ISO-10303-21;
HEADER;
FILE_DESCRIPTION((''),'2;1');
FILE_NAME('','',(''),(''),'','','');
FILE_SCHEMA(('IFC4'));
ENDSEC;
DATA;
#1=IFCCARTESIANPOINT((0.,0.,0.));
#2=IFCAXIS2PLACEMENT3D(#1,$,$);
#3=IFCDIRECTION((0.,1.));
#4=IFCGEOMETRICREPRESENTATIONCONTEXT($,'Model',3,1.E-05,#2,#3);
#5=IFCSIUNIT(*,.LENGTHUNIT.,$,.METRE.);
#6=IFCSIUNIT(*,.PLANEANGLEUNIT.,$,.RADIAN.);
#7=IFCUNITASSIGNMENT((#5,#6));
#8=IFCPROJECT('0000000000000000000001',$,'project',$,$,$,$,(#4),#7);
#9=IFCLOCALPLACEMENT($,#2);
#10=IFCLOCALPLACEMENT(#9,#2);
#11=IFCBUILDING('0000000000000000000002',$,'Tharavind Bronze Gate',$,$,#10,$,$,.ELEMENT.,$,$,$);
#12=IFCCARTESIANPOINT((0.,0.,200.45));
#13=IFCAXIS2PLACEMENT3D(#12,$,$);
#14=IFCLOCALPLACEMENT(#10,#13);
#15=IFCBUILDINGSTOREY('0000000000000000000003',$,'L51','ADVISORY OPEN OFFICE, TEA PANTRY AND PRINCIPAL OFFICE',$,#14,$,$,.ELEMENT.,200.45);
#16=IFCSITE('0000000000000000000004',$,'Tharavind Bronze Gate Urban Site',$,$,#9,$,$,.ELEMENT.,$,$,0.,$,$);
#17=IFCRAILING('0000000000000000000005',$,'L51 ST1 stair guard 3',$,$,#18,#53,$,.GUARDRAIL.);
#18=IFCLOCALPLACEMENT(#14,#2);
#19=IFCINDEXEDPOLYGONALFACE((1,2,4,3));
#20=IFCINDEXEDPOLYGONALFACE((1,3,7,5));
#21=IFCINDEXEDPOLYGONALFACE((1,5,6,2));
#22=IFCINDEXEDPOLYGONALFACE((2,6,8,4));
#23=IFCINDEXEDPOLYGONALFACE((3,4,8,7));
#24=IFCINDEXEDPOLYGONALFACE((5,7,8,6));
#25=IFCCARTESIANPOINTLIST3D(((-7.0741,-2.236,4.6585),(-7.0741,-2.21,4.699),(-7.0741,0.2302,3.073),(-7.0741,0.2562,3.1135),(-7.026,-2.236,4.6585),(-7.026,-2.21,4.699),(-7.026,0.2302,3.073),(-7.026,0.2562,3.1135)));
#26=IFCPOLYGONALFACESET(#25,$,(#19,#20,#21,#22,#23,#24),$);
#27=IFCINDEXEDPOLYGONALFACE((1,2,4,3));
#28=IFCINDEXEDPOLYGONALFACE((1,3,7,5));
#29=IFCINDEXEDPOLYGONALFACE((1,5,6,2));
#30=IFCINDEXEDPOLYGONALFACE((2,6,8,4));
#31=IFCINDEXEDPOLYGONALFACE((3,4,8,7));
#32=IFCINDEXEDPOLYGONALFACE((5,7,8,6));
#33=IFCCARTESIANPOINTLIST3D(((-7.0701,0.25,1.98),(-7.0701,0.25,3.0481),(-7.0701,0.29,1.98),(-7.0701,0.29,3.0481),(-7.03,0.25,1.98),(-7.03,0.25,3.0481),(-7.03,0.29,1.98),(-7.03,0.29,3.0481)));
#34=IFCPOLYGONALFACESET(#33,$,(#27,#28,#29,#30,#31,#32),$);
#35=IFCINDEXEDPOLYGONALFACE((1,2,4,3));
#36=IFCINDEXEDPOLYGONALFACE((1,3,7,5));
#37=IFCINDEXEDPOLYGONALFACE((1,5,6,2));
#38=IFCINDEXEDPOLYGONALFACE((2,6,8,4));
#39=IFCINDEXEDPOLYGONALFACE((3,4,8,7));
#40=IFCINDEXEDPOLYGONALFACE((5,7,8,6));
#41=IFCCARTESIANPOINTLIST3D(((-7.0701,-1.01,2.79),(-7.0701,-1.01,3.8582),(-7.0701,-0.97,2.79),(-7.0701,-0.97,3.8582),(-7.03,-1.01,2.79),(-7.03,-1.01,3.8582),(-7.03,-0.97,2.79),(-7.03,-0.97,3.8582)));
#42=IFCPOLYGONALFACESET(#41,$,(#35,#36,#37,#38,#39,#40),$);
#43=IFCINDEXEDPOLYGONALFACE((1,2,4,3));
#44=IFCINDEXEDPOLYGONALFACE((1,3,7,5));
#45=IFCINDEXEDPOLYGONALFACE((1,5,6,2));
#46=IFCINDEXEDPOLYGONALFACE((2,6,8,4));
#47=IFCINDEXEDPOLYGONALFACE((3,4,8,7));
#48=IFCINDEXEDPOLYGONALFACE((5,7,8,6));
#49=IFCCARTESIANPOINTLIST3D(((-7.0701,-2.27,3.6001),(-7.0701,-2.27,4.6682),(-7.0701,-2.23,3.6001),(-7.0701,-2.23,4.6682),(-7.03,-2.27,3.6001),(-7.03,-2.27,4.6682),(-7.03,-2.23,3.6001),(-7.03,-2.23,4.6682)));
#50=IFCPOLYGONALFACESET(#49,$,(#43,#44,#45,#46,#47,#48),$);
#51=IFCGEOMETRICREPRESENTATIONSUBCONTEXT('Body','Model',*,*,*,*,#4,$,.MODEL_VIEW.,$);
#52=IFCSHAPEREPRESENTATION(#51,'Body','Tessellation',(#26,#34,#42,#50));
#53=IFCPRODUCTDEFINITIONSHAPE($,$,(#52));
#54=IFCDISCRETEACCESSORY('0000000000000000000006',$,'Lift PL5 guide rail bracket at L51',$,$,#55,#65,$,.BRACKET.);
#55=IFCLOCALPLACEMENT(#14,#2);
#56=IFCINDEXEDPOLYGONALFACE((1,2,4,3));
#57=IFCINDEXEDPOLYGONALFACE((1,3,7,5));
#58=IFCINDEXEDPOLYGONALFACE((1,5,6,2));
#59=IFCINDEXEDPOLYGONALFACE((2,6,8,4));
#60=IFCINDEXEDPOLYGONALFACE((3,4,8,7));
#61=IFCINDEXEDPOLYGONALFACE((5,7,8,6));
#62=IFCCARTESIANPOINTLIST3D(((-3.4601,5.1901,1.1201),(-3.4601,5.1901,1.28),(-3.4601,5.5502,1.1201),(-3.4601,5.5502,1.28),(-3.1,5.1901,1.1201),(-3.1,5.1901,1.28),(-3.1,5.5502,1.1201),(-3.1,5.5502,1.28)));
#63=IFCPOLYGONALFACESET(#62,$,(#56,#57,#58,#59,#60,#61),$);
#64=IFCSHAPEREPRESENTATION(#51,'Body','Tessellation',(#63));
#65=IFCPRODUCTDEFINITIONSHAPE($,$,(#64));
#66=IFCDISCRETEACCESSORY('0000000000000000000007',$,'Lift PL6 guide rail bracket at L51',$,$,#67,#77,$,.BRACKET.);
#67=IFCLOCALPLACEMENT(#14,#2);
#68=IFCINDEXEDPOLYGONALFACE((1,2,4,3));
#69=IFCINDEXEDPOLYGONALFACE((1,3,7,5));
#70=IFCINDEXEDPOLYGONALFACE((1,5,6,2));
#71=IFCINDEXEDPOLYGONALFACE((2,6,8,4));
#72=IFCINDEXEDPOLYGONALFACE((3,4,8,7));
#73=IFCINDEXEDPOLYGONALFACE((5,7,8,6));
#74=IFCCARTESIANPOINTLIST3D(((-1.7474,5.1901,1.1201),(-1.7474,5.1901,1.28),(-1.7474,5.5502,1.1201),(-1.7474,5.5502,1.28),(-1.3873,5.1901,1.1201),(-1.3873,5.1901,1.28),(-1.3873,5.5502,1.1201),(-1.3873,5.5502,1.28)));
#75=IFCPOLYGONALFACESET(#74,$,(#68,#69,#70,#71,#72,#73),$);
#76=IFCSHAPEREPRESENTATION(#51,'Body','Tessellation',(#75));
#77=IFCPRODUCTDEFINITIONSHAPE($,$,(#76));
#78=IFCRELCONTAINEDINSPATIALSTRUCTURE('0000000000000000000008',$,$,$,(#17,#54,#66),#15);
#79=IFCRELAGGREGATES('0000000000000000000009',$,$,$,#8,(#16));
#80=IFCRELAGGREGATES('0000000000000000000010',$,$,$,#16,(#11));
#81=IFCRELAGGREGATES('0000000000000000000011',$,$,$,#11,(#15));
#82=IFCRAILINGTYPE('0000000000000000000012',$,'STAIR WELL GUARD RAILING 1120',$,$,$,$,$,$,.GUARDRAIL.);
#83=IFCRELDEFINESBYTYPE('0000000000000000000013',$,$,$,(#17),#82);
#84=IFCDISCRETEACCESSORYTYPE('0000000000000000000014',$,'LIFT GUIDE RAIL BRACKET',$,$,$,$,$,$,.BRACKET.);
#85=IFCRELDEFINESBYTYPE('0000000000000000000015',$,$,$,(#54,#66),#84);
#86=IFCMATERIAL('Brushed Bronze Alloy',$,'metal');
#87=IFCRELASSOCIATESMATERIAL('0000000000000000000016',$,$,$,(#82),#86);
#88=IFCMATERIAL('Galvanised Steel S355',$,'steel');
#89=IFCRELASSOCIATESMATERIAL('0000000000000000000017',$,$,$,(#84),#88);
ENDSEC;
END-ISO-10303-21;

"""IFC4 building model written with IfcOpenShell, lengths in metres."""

from ifc_helpers import new_model, si_unit, direction, frame, origin, origin_2d, place, context, subcontext, project, spatial, rectangle, extrude, material, type_object, element, save


model = new_model("IFC4")

# Units and contexts
model_context = context("Model", 3, precision=1e-05, world=origin(), true_north=direction((0.0, 1.0)))
body_context = subcontext(model_context, "Body", "Model", "MODEL_VIEW")
ifc_project = project(units=[si_unit("LENGTHUNIT", "METRE"), si_unit("PLANEANGLEUNIT", "RADIAN")], contexts=[model_context])

# Site, building, storey
site_placement = place(None, origin())
site = spatial("IfcSite", under=ifc_project, at=site_placement, Name="Tharavind Bronze Gate Urban Site", CompositionType="ELEMENT", RefElevation=0.0)
building_placement = place(site_placement, origin())
building = spatial("IfcBuilding", under=site, at=building_placement, Name="Tharavind Bronze Gate", CompositionType="ELEMENT")
storey_placement = place(building_placement, frame((0.0, 0.0, 200.45)))
storey = spatial("IfcBuildingStorey", under=building, at=storey_placement, Name="L51", Description="ADVISORY OPEN OFFICE, TEA PANTRY AND PRINCIPAL OFFICE", CompositionType="ELEMENT", Elevation=200.45)

# Railing
ifc_material_1 = material(Name="Brushed Bronze Alloy", Category="metal")
railing_type_1 = type_object("IfcRailingType", Name="STAIR WELL GUARD RAILING 1120", PredefinedType="GUARDRAIL", material=ifc_material_1)
railing_1_placement = place(storey_placement, frame((-7.05, 0.27, 1.98)))
element("IfcRailing", 1, at=railing_1_placement, inside=storey, type_object=railing_type_1, Name="L51 ST1 stair guard 3", PredefinedType="GUARDRAIL", context=body_context, shape_type="SweptSolid", body=[
    extrude(rectangle(XDim=0.0481, YDim=0.0481, at=origin_2d()), frame((0.0, -0.0269, 1.1133), z_axis=(0.0, -0.841163, 0.540782), x_axis=(1.0, 0.0, 0.0)), (0.0, 0.0, 1.0), 2.9319),
    extrude(rectangle(XDim=0.04, YDim=0.04, at=origin_2d()), origin(), (0.0, 0.0, 1.0), 1.0681),
    extrude(rectangle(XDim=0.04, YDim=0.04, at=origin_2d()), frame((0.0, -1.26, 0.8101)), (0.0, 0.0, 1.0), 1.0681),
    extrude(rectangle(XDim=0.04, YDim=0.04, at=origin_2d()), frame((0.0, -2.52, 1.6201)), (0.0, 0.0, 1.0), 1.0681),
])

# Discrete accessories
ifc_material_2 = material(Name="Galvanised Steel S355", Category="steel")
discrete_accessory_type = type_object("IfcDiscreteAccessoryType", Name="LIFT GUIDE RAIL BRACKET", PredefinedType="BRACKET", material=ifc_material_2)
for number, where, z_axis, x_axis, name in (
    (2, (-3.28, 5.3701, 1.1201), (0.0, 0.0, 1.0), (1.0, 0.0, 0.0), "Lift PL5 guide rail bracket at L51"),
    (3, (-1.5674, 5.3701, 1.1201), (0.0, 0.0, 1.0), (1.0, 0.0, 0.0), "Lift PL6 guide rail bracket at L51"),
):
    element("IfcDiscreteAccessory", number, at=place(storey_placement, frame(where, z_axis=z_axis, x_axis=x_axis)), inside=storey, type_object=discrete_accessory_type, Name=name, PredefinedType="BRACKET", context=body_context, shape_type="SweptSolid", body=[
        extrude(rectangle(XDim=0.3601, YDim=0.3601, at=origin_2d()), origin(), (0.0, 0.0, 1.0), 0.1599),
    ])

save(model, "model.ifc")
